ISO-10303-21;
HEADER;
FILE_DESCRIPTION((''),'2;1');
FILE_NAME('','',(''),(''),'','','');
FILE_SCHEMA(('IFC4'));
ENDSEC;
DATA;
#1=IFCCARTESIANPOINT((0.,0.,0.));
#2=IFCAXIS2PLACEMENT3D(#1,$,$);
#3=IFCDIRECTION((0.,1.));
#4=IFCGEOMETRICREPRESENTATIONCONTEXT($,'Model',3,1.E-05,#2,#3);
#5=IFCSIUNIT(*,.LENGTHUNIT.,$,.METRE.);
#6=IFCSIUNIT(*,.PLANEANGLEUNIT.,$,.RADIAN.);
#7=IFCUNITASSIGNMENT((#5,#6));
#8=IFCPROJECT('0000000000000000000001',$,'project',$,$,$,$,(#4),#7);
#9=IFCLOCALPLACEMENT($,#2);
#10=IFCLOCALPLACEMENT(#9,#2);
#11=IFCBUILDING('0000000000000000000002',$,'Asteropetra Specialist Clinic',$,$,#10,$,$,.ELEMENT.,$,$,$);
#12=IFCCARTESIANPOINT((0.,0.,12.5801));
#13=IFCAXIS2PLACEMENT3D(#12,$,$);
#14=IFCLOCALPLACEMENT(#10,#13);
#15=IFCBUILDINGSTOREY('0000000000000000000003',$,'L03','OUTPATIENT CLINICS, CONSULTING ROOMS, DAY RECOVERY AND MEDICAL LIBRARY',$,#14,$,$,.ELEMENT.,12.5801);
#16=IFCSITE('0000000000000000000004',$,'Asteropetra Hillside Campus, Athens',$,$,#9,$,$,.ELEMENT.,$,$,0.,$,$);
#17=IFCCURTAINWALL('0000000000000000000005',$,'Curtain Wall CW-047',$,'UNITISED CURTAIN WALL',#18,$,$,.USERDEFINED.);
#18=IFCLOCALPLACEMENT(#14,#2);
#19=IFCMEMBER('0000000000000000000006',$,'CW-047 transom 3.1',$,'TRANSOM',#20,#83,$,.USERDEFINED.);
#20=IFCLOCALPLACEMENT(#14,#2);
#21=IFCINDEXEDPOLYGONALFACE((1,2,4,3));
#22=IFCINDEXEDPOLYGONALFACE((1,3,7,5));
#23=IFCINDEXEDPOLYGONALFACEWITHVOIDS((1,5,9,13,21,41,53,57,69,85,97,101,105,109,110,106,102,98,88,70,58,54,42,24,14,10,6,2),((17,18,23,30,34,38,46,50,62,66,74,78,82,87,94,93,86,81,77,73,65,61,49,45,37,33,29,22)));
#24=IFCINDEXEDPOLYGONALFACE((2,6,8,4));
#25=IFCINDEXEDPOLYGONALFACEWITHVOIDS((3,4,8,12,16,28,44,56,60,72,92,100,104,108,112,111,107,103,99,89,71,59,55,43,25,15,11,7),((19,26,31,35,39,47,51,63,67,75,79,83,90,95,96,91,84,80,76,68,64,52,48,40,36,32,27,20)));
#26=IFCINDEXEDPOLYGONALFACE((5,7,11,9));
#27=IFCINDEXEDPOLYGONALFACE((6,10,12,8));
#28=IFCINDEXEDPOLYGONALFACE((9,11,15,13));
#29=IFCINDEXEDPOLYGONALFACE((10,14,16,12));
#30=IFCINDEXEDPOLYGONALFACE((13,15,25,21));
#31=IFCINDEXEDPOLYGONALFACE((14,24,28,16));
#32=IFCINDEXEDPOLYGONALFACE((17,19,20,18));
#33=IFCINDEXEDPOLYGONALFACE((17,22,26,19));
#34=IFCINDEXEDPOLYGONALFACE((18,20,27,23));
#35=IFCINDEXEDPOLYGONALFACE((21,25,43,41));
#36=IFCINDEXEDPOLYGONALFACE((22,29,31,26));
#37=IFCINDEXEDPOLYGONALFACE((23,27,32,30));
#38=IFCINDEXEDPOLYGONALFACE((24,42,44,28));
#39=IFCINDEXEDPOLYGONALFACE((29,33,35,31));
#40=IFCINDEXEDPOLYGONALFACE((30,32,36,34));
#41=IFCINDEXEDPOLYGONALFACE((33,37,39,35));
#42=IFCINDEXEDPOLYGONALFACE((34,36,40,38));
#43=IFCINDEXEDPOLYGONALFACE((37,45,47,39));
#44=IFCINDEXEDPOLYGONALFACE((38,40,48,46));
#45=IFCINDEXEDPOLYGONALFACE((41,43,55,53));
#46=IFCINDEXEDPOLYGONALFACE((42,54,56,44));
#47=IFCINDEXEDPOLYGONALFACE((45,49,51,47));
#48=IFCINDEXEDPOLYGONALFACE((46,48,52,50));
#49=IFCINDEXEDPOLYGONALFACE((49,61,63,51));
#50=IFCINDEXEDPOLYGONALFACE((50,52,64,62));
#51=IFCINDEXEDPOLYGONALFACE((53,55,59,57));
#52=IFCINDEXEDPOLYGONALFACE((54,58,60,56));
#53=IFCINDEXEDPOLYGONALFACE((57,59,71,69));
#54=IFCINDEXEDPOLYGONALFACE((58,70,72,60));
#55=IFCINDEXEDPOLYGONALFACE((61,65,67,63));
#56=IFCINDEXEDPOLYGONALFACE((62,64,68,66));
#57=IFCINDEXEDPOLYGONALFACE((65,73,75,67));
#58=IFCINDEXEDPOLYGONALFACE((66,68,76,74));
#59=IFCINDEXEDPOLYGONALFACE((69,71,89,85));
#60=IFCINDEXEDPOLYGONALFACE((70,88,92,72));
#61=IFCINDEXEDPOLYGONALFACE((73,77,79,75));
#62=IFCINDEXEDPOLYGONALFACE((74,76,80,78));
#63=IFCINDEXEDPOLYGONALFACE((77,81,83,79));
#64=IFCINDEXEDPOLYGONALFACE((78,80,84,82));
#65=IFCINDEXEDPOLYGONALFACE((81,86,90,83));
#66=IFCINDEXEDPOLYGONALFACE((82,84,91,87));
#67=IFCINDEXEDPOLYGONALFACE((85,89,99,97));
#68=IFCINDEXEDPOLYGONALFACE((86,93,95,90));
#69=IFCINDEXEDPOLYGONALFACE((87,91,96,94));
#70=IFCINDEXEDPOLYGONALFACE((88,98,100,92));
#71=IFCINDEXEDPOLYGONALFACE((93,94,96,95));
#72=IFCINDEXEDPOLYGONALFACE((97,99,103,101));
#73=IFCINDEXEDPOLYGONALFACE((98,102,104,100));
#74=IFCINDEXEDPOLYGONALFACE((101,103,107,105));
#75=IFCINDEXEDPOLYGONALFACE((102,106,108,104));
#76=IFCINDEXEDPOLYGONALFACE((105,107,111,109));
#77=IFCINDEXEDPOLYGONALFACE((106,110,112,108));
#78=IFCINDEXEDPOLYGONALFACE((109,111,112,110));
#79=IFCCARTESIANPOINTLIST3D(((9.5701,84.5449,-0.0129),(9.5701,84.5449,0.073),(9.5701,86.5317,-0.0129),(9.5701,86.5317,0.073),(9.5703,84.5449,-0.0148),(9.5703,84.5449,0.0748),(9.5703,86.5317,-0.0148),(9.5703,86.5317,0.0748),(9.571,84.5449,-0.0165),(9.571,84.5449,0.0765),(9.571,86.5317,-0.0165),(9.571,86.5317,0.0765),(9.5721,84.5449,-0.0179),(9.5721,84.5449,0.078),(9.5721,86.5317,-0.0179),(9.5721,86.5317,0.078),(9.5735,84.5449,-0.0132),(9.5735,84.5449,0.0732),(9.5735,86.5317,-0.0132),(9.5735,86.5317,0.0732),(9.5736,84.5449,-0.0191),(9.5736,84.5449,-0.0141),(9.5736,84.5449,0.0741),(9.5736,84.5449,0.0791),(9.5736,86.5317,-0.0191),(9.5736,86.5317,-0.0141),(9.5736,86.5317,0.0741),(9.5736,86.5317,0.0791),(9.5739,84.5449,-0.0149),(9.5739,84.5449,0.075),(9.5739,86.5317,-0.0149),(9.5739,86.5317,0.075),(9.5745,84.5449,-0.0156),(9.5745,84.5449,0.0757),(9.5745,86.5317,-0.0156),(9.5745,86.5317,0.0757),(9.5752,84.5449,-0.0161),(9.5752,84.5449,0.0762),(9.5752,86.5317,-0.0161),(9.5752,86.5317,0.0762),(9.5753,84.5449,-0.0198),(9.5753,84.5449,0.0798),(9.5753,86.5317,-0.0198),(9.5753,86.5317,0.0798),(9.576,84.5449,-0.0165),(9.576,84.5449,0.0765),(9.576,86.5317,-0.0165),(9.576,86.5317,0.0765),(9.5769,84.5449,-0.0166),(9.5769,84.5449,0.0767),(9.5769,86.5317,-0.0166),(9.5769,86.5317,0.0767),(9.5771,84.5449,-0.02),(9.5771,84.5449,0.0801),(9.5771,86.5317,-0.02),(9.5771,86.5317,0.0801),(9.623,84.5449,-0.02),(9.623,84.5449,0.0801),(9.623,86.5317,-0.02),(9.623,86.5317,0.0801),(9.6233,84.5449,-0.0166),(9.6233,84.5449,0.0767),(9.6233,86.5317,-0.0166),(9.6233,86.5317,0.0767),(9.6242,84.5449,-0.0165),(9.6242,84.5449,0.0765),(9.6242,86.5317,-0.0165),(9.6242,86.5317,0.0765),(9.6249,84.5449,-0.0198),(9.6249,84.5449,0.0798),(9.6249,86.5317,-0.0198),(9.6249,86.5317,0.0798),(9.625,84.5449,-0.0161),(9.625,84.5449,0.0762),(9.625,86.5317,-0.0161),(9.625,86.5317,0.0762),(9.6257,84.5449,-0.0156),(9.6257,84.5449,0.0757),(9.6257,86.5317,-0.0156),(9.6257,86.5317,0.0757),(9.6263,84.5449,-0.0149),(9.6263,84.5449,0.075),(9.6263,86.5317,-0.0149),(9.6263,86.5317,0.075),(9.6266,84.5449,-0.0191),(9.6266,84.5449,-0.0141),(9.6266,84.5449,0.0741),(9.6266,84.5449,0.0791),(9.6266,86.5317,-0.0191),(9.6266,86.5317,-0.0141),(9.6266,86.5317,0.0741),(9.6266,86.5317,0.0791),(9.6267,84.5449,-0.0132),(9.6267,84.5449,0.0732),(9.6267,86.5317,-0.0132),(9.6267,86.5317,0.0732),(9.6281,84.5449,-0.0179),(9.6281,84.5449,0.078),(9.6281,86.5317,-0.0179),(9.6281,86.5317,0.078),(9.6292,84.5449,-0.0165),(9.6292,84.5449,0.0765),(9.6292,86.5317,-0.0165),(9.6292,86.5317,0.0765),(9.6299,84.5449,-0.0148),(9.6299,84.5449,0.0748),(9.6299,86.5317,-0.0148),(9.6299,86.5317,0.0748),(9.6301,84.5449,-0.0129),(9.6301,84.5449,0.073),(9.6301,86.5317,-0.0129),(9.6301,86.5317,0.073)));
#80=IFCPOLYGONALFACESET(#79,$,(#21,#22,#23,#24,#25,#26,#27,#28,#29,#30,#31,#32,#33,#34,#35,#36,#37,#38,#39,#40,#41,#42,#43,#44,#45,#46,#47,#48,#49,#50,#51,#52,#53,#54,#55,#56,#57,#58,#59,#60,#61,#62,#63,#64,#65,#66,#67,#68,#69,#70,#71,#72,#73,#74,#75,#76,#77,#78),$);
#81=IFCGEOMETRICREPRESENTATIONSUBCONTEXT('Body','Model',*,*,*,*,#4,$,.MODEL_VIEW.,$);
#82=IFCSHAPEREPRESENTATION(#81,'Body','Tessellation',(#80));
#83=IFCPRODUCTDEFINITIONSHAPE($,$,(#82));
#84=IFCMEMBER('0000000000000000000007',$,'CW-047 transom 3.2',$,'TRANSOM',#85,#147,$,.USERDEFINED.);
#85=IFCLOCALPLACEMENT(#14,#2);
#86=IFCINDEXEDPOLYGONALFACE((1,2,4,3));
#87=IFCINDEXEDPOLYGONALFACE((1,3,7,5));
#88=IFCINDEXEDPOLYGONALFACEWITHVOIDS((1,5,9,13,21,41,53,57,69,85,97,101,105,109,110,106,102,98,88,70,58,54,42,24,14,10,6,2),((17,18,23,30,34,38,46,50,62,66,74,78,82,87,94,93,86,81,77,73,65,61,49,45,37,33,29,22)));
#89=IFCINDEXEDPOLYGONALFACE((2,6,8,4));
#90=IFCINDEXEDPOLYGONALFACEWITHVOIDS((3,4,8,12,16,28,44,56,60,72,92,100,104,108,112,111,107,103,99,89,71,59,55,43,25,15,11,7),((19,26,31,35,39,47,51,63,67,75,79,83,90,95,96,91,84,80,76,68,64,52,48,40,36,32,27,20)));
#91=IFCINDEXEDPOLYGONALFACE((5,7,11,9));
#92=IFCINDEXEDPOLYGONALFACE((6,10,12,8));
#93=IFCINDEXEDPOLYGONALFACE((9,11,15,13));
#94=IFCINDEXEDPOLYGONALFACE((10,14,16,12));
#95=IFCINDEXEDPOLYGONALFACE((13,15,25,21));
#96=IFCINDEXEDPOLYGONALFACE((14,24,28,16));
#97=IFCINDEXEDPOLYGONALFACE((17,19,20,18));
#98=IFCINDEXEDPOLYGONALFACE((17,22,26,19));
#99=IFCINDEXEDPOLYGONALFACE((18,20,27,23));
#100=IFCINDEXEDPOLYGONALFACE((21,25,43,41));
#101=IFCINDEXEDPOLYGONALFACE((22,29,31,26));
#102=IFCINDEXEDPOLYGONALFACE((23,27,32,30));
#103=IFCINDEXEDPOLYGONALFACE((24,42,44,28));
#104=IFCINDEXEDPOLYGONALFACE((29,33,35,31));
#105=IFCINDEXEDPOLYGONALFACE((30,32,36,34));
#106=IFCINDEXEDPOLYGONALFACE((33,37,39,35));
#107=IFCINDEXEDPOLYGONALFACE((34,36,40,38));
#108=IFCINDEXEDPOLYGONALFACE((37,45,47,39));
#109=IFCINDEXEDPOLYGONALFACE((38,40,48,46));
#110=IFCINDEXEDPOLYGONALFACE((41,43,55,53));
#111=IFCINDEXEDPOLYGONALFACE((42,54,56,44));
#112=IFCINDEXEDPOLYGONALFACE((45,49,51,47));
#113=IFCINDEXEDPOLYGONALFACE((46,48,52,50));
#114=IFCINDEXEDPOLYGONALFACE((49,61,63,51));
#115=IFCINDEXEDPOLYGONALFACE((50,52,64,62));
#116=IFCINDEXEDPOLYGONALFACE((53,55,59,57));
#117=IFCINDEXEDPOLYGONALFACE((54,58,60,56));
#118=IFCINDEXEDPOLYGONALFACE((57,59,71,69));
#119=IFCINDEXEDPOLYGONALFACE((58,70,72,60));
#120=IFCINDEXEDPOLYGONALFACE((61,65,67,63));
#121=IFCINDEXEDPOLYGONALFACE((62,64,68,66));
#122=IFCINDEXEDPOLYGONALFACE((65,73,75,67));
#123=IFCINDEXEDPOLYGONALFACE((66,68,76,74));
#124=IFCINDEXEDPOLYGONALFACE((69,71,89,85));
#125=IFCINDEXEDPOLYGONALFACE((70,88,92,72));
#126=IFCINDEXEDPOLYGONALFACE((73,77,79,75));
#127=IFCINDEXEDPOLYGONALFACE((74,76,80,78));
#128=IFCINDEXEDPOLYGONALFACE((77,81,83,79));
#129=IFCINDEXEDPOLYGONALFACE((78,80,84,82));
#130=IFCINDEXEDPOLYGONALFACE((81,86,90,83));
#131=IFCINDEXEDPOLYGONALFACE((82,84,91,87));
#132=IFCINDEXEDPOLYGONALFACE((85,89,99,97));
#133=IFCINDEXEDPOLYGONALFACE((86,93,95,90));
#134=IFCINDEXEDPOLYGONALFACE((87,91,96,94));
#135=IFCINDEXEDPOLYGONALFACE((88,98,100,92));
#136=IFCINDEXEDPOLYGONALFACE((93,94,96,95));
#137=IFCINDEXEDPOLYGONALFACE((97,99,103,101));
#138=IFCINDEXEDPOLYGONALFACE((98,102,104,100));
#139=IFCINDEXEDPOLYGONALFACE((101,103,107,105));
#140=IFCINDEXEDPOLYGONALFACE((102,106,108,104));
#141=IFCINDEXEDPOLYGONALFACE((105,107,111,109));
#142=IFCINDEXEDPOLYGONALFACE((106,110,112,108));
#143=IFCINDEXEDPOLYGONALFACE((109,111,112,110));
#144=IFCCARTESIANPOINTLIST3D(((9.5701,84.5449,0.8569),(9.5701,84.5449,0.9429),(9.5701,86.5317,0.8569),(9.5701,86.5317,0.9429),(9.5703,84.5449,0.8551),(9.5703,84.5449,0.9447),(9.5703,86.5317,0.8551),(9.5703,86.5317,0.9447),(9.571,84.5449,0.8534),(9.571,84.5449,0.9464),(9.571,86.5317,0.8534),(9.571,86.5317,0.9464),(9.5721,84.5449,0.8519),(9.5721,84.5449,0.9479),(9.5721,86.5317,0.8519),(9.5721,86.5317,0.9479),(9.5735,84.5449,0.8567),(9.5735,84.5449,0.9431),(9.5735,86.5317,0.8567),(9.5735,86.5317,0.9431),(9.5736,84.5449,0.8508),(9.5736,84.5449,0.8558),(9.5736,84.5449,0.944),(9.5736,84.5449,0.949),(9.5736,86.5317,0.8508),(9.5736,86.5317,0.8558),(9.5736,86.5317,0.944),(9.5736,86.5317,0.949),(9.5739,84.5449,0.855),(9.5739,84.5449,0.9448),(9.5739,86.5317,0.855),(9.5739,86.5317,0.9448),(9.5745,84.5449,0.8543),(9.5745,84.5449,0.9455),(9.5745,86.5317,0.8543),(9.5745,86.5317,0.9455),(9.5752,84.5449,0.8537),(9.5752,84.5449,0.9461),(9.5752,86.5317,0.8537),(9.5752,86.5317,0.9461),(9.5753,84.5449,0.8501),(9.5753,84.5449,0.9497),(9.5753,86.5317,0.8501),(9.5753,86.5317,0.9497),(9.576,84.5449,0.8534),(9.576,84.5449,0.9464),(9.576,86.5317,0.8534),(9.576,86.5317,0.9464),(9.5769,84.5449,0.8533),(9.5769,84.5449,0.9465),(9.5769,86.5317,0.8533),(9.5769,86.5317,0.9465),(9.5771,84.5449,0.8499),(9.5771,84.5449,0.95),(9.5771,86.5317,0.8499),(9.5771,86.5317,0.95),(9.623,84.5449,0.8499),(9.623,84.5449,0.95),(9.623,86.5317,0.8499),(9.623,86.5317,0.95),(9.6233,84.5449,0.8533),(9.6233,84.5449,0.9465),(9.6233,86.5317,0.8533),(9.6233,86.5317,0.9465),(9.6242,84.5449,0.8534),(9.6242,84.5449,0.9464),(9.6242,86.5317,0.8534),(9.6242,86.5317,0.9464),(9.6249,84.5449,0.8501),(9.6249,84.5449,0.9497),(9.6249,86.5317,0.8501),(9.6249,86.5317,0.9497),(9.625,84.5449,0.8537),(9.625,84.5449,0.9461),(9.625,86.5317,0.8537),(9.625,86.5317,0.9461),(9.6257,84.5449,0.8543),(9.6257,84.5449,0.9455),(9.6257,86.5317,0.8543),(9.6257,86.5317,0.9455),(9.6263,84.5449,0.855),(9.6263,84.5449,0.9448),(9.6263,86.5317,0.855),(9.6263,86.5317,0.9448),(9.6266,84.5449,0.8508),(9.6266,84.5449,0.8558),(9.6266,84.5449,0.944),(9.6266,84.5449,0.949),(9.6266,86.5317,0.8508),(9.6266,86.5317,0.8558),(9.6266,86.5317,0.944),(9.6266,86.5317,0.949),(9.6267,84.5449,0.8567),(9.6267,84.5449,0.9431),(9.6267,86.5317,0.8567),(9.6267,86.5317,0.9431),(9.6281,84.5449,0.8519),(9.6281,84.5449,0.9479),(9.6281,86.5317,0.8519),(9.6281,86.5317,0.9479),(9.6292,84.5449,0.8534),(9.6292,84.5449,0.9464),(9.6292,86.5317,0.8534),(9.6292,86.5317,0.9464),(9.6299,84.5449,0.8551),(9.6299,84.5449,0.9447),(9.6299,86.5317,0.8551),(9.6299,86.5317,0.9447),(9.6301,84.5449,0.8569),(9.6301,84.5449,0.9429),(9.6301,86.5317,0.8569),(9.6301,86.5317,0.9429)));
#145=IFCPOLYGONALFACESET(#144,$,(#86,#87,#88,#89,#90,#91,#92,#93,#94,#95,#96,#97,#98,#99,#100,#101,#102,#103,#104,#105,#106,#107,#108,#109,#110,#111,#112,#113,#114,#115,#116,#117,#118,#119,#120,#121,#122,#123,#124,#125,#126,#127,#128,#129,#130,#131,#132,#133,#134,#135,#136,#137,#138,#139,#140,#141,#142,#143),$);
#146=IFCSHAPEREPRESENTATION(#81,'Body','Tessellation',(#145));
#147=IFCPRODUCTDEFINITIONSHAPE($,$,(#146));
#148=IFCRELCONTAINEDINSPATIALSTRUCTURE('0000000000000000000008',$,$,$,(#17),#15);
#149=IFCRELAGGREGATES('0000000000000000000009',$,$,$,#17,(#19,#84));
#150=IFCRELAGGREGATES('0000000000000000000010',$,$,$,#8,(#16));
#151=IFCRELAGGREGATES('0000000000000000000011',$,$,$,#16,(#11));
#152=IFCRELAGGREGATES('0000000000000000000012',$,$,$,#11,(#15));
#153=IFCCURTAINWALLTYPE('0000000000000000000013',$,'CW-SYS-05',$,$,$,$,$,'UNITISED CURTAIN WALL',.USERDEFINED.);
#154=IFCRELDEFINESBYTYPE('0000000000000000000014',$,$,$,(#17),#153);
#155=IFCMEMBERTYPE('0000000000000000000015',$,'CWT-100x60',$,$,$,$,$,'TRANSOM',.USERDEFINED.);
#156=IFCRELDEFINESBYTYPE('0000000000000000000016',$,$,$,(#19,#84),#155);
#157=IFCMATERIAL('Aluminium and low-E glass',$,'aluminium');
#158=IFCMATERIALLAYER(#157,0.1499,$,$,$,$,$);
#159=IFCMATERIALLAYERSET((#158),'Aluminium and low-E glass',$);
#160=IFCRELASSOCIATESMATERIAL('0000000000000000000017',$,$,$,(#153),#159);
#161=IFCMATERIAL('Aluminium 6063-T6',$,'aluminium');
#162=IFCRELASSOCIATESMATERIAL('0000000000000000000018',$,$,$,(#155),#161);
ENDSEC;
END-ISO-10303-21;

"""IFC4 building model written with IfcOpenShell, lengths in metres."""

from ifc_helpers import new_model, si_unit, direction, frame, origin, origin_2d, place, context, subcontext, project, spatial, hollow_rectangle, extrude, material, layer, layer_set, material_profile, profile_set, type_object, element, aggregate, save


model = new_model("IFC4")

# Units and contexts
model_context = context("Model", 3, precision=1e-05, world=origin(), true_north=direction((0.0, 1.0)))
body_context = subcontext(model_context, "Body", "Model", "MODEL_VIEW")
ifc_project = project(units=[si_unit("LENGTHUNIT", "METRE"), si_unit("PLANEANGLEUNIT", "RADIAN")], contexts=[model_context])

# Site, building, storey
site_placement = place(None, origin())
site = spatial("IfcSite", under=ifc_project, at=site_placement, Name="Asteropetra Hillside Campus, Athens", CompositionType="ELEMENT", RefElevation=0.0)
building_placement = place(site_placement, origin())
building = spatial("IfcBuilding", under=site, at=building_placement, Name="Asteropetra Specialist Clinic", CompositionType="ELEMENT")
storey_placement = place(building_placement, frame((0.0, 0.0, 12.5801)))
storey = spatial("IfcBuildingStorey", under=building, at=storey_placement, Name="L03", Description="OUTPATIENT CLINICS, CONSULTING ROOMS, DAY RECOVERY AND MEDICAL LIBRARY", CompositionType="ELEMENT", Elevation=12.5801)

# Curtain wall, members
ifc_material_1 = material(Name="Aluminium and low-E glass", Category="aluminium")
ifc_layer_1 = layer(ifc_material_1, 0.1499)
ifc_layer_set_1 = layer_set([ifc_layer_1], Name="Aluminium and low-E glass")
curtain_wall_type = type_object("IfcCurtainWallType", Name="CW-SYS-05", ElementType="UNITISED CURTAIN WALL", PredefinedType="USERDEFINED", material=ifc_layer_set_1)
curtain_wall_placement = place(storey_placement, origin())
curtain_wall = element("IfcCurtainWall", 1, at=curtain_wall_placement, inside=storey, type_object=curtain_wall_type, Name="Curtain Wall CW-047", ObjectType="UNITISED CURTAIN WALL", PredefinedType="USERDEFINED")
ifc_material_2 = material(Name="Aluminium 6063-T6", Category="aluminium")
ifc_material_profile_1 = material_profile(ifc_material_2, hollow_rectangle(XDim=0.0601, YDim=0.1001, WallThickness=0.0034, InnerFilletRadius=0.0034, OuterFilletRadius=0.0071, at=origin_2d()), Name="TRN 100x60x3.5")
ifc_profile_set_1 = profile_set([ifc_material_profile_1], Name="Aluminium 6063-T6")
member_type_1 = type_object("IfcMemberType", Name="CWT-100x60", ElementType="TRANSOM", PredefinedType="USERDEFINED", material=ifc_profile_set_1)
member_1_placement = place(storey_placement, frame((9.6001, 86.5317, 0.03), z_axis=(0.0, -1.0, 0.0), x_axis=(1.0, 0.0, 0.0)))
member_1 = element("IfcMember", 2, at=member_1_placement, type_object=member_type_1, Name="CW-047 transom 3.1", ObjectType="TRANSOM", PredefinedType="USERDEFINED", context=body_context, shape_type="SweptSolid", body=[
    extrude(hollow_rectangle(XDim=0.0601, YDim=0.1001, WallThickness=0.0034, InnerFilletRadius=0.0034, OuterFilletRadius=0.0071, at=origin_2d()), origin(), (0.0, 0.0, 1.0), 1.9868),
])
member_2_placement = place(storey_placement, frame((9.6001, 86.5317, 0.8999), z_axis=(0.0, -1.0, 0.0), x_axis=(1.0, 0.0, 0.0)))
member_2 = element("IfcMember", 3, at=member_2_placement, type_object=member_type_1, Name="CW-047 transom 3.2", ObjectType="TRANSOM", PredefinedType="USERDEFINED", context=body_context, shape_type="SweptSolid", body=[
    extrude(hollow_rectangle(XDim=0.0601, YDim=0.1001, WallThickness=0.0034, InnerFilletRadius=0.0034, OuterFilletRadius=0.0071, at=origin_2d()), origin(), (0.0, 0.0, 1.0), 1.9868),
])

aggregate(curtain_wall, [member_1, member_2])

save(model, "model.ifc")
